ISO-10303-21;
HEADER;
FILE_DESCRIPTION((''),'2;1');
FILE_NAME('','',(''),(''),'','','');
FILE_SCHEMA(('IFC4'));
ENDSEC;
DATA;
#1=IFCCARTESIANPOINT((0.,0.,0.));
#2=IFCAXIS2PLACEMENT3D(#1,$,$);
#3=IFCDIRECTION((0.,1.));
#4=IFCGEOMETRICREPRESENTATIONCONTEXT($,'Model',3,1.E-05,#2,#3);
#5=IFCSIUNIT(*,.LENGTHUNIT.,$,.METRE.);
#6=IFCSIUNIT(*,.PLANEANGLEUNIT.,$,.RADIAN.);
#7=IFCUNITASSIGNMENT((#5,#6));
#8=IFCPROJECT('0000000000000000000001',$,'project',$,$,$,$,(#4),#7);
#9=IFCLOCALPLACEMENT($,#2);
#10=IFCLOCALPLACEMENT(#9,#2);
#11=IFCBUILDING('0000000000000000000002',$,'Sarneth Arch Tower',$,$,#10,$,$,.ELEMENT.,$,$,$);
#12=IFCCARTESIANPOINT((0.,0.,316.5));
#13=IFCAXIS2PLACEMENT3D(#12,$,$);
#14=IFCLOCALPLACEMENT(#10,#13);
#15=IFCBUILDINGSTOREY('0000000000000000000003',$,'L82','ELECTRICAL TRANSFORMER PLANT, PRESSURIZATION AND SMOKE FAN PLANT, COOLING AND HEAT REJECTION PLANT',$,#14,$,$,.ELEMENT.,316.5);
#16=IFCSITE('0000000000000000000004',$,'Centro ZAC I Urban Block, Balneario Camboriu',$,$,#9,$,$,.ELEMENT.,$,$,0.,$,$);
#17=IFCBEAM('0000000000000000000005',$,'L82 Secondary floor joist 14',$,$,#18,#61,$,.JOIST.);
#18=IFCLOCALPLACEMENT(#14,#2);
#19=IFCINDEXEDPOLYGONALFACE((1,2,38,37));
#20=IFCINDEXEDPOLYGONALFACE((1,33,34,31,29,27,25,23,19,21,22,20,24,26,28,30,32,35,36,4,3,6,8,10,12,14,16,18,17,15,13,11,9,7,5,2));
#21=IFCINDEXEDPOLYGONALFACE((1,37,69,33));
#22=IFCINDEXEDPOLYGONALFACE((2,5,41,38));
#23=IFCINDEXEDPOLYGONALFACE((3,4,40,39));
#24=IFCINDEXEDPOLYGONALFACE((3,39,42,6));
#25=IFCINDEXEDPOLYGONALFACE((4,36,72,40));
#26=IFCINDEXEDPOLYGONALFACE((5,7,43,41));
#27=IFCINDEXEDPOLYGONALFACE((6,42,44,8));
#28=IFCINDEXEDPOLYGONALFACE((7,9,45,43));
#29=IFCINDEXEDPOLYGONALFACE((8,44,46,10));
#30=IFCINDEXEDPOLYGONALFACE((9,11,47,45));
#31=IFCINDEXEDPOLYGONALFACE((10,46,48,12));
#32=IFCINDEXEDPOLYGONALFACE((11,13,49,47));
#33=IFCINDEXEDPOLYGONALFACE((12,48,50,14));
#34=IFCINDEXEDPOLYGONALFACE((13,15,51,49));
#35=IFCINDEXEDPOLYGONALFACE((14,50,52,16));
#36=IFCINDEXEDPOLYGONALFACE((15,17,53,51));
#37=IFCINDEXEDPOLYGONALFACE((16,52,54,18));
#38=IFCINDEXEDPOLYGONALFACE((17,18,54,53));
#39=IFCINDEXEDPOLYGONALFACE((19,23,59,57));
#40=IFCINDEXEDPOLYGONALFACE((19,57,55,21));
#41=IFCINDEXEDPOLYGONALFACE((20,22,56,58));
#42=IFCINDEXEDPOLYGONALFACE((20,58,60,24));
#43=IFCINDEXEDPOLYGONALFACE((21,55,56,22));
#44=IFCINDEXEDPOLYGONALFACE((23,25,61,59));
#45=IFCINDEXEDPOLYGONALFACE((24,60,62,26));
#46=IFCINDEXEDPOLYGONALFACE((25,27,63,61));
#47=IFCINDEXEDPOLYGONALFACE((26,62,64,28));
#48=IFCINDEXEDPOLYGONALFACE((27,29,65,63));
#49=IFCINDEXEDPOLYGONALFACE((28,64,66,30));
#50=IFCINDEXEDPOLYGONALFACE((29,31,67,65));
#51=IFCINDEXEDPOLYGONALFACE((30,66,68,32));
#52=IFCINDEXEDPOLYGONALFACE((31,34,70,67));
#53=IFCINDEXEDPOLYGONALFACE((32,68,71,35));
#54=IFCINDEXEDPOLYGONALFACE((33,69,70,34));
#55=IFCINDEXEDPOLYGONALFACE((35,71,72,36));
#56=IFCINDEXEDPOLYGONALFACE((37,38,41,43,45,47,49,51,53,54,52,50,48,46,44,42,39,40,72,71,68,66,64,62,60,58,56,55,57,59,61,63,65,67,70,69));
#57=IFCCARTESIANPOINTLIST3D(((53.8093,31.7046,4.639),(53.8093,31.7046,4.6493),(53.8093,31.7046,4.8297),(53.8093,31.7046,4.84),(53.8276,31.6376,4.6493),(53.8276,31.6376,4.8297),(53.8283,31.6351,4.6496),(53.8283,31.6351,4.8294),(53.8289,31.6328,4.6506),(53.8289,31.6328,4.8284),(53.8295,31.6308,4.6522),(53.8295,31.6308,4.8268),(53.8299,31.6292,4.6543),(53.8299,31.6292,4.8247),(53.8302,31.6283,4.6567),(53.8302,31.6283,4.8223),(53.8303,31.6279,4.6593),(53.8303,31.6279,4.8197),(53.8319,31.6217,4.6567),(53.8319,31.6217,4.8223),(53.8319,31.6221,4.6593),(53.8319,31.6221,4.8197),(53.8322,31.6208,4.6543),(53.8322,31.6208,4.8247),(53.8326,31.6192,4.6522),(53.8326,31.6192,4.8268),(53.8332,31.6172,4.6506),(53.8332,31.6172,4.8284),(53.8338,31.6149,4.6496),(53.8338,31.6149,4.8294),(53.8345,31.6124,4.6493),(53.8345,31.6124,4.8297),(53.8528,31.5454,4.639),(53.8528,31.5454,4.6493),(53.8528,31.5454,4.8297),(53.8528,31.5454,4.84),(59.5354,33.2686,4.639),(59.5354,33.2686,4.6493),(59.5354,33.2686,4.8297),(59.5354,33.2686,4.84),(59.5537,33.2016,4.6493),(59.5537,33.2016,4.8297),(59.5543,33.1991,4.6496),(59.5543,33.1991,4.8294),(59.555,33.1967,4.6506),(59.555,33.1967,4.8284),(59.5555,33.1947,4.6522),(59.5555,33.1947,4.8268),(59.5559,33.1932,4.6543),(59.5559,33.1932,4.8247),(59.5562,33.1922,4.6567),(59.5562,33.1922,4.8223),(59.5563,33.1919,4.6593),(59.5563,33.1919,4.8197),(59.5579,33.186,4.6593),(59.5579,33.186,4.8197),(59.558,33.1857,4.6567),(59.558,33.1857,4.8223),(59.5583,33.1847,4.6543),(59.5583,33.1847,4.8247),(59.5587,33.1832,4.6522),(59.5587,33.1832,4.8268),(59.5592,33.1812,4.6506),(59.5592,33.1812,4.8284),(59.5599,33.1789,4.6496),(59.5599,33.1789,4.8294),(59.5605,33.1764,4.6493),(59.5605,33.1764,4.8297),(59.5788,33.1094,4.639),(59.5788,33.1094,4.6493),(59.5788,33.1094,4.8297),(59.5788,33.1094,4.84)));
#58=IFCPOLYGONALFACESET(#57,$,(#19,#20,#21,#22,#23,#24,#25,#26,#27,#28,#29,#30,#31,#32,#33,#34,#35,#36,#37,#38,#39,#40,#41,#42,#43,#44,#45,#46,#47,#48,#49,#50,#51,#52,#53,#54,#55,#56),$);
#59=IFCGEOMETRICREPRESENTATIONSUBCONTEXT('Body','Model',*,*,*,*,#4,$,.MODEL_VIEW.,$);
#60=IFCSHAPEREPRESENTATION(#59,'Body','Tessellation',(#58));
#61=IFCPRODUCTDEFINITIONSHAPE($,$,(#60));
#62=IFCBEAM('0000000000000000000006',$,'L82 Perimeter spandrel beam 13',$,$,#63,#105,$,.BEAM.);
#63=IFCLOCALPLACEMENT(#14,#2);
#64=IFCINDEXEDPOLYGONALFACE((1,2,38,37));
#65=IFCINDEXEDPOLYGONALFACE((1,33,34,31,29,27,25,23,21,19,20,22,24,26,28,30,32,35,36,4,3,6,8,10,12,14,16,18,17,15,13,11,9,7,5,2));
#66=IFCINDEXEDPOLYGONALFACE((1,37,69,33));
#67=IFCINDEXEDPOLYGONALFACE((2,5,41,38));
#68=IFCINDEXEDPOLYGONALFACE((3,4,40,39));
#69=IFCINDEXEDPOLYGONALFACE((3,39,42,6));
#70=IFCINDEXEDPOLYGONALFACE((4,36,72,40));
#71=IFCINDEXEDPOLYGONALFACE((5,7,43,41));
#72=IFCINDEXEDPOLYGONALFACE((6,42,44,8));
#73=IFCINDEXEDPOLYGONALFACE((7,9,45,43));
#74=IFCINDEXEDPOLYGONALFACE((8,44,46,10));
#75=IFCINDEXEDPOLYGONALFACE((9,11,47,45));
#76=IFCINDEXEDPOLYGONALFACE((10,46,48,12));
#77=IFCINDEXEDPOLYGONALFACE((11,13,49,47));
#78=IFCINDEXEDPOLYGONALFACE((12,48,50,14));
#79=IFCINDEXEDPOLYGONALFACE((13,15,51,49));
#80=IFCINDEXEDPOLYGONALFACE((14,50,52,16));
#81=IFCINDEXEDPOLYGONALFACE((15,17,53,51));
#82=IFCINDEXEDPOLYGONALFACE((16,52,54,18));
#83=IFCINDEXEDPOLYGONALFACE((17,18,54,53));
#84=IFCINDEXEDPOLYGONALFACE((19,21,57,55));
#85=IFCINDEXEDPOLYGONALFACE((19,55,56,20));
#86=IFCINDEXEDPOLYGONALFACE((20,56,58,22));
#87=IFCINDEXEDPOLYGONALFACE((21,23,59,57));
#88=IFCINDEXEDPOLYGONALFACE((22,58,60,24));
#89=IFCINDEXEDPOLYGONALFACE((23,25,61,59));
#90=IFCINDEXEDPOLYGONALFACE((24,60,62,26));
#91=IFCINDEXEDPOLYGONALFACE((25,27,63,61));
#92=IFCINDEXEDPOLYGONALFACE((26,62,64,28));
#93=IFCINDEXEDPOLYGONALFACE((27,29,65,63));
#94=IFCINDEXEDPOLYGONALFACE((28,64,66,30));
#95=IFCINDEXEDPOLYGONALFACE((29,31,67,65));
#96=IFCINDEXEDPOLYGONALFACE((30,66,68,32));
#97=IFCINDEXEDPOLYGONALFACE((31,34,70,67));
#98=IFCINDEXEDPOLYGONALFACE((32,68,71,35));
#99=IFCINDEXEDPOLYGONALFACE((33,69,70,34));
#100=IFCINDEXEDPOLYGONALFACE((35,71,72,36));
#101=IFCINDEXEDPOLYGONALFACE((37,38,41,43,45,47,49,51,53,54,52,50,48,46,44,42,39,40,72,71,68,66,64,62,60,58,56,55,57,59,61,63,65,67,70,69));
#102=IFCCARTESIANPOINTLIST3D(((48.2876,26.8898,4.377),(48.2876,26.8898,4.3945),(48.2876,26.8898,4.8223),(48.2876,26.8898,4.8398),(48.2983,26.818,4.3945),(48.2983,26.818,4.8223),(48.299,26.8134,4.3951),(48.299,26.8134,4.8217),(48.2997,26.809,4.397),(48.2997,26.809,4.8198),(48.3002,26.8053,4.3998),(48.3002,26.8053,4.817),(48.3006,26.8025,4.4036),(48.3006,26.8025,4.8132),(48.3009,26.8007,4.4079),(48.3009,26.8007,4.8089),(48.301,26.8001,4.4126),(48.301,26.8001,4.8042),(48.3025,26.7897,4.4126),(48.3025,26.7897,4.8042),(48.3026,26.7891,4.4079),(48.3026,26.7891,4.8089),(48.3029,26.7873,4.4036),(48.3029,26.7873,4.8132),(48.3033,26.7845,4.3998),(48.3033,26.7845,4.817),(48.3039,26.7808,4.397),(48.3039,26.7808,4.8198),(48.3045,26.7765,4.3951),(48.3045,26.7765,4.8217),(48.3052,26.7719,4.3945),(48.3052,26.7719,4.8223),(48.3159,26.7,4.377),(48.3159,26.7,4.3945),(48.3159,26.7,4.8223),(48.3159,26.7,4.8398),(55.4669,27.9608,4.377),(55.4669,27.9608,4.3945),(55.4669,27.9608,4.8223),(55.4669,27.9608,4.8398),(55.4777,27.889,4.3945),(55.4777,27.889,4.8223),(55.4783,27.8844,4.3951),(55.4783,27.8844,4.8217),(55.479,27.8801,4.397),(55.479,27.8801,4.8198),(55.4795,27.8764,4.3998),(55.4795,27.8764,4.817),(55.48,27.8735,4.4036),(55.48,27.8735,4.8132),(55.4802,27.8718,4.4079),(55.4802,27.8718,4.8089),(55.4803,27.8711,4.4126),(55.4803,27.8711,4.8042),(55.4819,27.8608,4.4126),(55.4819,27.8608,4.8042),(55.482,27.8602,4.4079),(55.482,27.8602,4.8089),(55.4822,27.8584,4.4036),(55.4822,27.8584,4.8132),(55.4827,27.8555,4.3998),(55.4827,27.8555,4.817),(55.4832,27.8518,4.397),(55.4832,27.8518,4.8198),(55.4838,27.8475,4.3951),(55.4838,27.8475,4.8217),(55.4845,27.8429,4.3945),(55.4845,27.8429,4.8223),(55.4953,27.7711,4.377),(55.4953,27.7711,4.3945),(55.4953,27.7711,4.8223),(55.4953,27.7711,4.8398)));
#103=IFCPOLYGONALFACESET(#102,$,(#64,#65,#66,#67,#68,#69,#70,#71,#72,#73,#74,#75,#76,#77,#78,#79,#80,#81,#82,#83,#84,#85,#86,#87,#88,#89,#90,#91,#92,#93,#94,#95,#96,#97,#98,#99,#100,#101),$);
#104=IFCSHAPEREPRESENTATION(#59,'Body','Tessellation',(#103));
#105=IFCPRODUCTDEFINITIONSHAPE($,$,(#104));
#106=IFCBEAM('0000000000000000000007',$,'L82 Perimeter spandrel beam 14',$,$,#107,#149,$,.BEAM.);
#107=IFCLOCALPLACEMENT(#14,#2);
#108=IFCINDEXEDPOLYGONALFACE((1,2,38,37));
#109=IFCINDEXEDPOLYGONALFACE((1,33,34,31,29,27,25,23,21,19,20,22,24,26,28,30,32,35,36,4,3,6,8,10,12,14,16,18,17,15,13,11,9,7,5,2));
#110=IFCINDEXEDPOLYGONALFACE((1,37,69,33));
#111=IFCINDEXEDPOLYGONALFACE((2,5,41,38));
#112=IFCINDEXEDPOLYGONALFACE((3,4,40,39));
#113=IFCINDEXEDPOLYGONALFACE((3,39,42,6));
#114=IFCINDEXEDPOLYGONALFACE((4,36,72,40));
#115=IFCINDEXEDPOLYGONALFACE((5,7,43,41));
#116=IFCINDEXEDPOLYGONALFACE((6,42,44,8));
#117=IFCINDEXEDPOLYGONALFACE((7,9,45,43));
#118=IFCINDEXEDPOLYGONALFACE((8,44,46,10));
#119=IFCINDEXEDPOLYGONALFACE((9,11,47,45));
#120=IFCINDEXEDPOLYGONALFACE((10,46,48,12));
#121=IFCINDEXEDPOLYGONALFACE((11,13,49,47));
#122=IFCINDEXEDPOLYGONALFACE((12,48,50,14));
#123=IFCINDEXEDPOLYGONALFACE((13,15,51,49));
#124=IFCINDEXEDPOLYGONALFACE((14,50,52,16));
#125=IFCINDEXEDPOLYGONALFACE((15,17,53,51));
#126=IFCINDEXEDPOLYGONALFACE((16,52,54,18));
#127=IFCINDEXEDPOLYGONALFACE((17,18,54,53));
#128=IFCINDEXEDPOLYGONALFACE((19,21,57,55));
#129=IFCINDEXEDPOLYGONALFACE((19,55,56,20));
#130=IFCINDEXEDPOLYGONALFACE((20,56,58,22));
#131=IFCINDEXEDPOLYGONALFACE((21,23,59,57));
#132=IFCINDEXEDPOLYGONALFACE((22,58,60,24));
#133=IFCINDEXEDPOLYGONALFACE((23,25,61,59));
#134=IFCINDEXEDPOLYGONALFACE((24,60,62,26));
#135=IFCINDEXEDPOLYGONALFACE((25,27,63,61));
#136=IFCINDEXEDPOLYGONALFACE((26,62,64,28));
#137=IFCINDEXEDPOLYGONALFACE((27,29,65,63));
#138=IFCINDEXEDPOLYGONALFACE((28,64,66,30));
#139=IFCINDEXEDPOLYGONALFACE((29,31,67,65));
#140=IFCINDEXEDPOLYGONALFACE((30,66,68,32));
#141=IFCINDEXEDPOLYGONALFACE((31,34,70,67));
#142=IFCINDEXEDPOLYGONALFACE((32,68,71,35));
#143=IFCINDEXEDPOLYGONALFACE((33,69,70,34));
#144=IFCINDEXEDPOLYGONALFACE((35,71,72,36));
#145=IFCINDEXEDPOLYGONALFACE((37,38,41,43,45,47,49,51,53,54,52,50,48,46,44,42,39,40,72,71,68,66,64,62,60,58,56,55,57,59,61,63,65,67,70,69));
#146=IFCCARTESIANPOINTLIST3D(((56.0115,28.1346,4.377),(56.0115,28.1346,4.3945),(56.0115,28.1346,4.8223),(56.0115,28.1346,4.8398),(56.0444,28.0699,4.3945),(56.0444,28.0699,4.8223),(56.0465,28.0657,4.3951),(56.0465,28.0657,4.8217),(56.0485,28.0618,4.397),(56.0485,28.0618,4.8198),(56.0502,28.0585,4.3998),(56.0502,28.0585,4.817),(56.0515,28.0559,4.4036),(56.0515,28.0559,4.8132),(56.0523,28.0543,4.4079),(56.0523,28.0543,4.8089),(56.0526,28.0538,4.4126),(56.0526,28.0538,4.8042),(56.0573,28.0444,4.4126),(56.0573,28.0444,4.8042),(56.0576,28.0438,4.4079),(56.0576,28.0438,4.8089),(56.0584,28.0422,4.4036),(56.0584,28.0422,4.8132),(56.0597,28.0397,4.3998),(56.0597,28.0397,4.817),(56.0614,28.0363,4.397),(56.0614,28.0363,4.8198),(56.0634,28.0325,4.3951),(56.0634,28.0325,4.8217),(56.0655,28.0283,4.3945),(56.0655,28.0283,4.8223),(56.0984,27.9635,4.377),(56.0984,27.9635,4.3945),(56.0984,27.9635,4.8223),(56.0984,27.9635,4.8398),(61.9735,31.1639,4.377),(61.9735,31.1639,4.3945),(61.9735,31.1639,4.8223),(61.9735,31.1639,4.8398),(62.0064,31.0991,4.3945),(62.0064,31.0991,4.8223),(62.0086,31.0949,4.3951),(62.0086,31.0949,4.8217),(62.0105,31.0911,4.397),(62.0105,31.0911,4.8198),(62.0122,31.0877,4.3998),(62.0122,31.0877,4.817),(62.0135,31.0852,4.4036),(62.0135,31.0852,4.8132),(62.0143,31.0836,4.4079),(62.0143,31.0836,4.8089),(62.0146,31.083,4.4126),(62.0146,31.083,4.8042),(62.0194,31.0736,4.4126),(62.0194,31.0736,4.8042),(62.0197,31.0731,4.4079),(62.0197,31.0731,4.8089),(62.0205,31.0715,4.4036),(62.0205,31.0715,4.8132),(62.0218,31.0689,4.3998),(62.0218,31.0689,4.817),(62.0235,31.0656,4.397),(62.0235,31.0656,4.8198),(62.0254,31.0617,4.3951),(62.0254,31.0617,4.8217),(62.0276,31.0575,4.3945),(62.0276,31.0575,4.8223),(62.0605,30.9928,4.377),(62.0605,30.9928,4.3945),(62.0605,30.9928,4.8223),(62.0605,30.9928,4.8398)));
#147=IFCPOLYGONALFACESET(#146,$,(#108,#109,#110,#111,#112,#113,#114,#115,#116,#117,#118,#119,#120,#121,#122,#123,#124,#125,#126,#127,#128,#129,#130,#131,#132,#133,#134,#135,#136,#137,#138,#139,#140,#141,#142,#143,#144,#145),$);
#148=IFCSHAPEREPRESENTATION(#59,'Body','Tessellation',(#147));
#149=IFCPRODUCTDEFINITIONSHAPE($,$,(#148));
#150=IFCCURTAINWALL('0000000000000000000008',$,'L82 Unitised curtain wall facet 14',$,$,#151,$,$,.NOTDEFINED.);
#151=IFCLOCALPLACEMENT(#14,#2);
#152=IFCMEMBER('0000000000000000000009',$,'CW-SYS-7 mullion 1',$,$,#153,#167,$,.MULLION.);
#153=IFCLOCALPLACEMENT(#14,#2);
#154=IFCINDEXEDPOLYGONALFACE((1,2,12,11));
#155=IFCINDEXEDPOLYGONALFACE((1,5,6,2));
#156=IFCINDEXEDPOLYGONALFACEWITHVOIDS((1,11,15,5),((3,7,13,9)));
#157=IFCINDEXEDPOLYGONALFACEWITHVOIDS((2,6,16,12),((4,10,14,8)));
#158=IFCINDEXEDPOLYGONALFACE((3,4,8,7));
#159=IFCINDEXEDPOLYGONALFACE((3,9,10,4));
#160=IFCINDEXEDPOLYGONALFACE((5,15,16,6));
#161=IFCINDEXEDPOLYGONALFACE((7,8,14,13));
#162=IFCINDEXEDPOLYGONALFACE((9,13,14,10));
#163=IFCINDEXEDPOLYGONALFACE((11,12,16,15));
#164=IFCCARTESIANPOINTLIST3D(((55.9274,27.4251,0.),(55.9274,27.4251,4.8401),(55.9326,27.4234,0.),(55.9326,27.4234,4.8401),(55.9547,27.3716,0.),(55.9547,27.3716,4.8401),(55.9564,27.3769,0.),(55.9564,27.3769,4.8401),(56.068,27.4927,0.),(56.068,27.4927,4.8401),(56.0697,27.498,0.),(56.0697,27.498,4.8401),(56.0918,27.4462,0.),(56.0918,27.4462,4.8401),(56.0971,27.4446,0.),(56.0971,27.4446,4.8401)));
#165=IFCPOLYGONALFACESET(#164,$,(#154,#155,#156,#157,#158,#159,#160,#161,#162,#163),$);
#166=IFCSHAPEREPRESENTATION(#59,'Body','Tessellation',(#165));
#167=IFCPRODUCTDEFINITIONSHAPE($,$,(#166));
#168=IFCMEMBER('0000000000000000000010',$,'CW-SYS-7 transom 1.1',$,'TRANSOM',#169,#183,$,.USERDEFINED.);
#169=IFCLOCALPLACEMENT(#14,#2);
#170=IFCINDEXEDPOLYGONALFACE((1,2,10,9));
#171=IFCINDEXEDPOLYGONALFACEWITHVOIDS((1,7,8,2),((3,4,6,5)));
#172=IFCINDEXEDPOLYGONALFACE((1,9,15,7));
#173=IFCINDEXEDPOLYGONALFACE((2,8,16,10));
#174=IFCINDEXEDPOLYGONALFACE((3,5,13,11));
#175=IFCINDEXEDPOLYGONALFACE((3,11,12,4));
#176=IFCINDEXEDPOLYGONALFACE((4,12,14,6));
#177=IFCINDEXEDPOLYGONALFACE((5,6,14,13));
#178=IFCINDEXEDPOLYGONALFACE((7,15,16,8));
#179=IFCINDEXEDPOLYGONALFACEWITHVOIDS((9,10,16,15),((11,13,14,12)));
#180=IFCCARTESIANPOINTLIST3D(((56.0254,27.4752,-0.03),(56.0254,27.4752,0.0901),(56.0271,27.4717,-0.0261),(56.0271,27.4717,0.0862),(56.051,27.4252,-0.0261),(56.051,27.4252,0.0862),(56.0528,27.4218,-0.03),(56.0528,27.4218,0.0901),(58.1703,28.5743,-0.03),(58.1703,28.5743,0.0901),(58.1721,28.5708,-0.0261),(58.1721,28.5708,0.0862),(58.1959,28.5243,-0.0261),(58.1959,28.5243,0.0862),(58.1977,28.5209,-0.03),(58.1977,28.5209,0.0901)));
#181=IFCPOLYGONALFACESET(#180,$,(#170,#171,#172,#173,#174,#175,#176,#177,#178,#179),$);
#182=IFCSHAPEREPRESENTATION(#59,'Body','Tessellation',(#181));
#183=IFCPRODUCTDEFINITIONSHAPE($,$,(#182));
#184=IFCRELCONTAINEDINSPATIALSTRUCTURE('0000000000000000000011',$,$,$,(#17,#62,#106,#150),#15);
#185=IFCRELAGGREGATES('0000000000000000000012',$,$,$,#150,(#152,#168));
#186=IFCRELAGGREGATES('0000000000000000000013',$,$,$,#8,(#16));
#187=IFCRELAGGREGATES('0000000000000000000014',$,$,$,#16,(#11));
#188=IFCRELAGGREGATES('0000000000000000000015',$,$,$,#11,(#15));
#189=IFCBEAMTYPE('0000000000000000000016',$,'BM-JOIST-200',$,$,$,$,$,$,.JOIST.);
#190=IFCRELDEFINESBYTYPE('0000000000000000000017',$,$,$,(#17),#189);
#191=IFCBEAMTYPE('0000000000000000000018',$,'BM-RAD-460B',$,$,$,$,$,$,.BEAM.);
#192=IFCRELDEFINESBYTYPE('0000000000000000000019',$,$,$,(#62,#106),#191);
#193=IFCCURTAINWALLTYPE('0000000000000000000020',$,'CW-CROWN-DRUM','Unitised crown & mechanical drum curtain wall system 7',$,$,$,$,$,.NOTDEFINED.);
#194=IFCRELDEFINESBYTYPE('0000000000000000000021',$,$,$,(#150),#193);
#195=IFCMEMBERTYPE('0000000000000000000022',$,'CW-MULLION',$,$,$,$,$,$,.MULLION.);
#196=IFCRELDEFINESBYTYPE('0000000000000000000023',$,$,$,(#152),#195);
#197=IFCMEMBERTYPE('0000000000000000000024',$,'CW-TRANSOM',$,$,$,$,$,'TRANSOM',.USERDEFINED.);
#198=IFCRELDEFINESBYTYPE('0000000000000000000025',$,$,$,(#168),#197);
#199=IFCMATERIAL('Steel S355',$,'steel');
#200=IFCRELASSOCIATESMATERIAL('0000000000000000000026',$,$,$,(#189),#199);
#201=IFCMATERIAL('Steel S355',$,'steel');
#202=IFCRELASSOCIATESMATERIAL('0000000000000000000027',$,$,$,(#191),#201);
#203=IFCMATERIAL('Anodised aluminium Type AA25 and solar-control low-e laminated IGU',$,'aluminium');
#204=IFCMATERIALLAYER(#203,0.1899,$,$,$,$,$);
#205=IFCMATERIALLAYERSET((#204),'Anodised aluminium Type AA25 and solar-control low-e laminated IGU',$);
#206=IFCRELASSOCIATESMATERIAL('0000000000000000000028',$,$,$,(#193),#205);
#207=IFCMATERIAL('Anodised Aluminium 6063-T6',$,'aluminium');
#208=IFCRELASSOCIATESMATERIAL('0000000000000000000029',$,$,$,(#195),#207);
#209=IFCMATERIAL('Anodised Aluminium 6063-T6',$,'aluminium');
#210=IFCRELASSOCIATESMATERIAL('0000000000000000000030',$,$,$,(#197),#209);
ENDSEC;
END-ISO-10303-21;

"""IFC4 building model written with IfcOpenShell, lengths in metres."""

from ifc_helpers import new_model, si_unit, direction, frame, origin, origin_2d, place, context, subcontext, project, spatial, hollow_rectangle, i_section, extrude, material, layer, layer_set, material_profile, profile_set, type_object, element, aggregate, save


model = new_model("IFC4")

# Units and contexts
model_context = context("Model", 3, precision=1e-05, world=origin(), true_north=direction((0.0, 1.0)))
body_context = subcontext(model_context, "Body", "Model", "MODEL_VIEW")
ifc_project = project(units=[si_unit("LENGTHUNIT", "METRE"), si_unit("PLANEANGLEUNIT", "RADIAN")], contexts=[model_context])

# Site, building, storey
site_placement = place(None, origin())
site = spatial("IfcSite", under=ifc_project, at=site_placement, Name="Centro ZAC I Urban Block, Balneario Camboriu", CompositionType="ELEMENT", RefElevation=0.0)
building_placement = place(site_placement, origin())
building = spatial("IfcBuilding", under=site, at=building_placement, Name="Sarneth Arch Tower", CompositionType="ELEMENT")
storey_placement = place(building_placement, frame((0.0, 0.0, 316.5)))
storey = spatial("IfcBuildingStorey", under=building, at=storey_placement, Name="L82", Description="ELECTRICAL TRANSFORMER PLANT, PRESSURIZATION AND SMOKE FAN PLANT, COOLING AND HEAT REJECTION PLANT", CompositionType="ELEMENT", Elevation=316.5)

# Beams
ifc_material_1 = material(Name="Steel S355", Category="steel")
ifc_material_profile_1 = material_profile(ifc_material_1, i_section(OverallWidth=0.165, OverallDepth=0.2009, WebThickness=0.0061, FlangeThickness=0.0103, FilletRadius=0.01, at=origin_2d()), Name="W200x35.9")
ifc_profile_set_1 = profile_set([ifc_material_profile_1], Name="Steel S355")
beam_type_1 = type_object("IfcBeamType", Name="BM-JOIST-200", PredefinedType="JOIST", material=ifc_profile_set_1)
beam_1_placement = place(storey_placement, frame((53.8311, 31.625, 4.7395), z_axis=(0.964665, 0.263479, 0.0), x_axis=(-0.263479, 0.964665, 0.0)))
element("IfcBeam", 1, at=beam_1_placement, inside=storey, type_object=beam_type_1, Name="L82 Secondary floor joist 14", PredefinedType="JOIST", context=body_context, shape_type="SweptSolid", body=[
    extrude(i_section(OverallWidth=0.165, OverallDepth=0.2009, WebThickness=0.0061, FlangeThickness=0.0103, FilletRadius=0.01, at=origin_2d()), origin(), (0.0, 0.0, 1.0), 5.9358),
])
ifc_material_2 = material(Name="Steel S355", Category="steel")
ifc_material_profile_2 = material_profile(ifc_material_2, i_section(OverallWidth=0.1919, OverallDepth=0.4629, WebThickness=0.0105, FlangeThickness=0.0176, FilletRadius=0.0181, at=origin_2d()), Name="W460x89")
ifc_profile_set_2 = profile_set([ifc_material_profile_2], Name="Steel S355")
beam_type_2 = type_object("IfcBeamType", Name="BM-RAD-460B", PredefinedType="BEAM", material=ifc_profile_set_2)
beam_2_placement = place(storey_placement, frame((48.3018, 26.7949, 4.6084), z_axis=(0.989055, 0.147549, 0.0), x_axis=(-0.147549, 0.989055, 0.0)))
element("IfcBeam", 2, at=beam_2_placement, inside=storey, type_object=beam_type_2, Name="L82 Perimeter spandrel beam 13", PredefinedType="BEAM", context=body_context, shape_type="SweptSolid", body=[
    extrude(i_section(OverallWidth=0.1919, OverallDepth=0.4629, WebThickness=0.0105, FlangeThickness=0.0176, FilletRadius=0.0181, at=origin_2d()), origin(), (0.0, 0.0, 1.0), 7.2588),
])
beam_3_placement = place(storey_placement, frame((56.0549, 28.0491, 4.6084), z_axis=(0.891525, 0.452972, 0.0), x_axis=(-0.452972, 0.891525, 0.0)))
element("IfcBeam", 3, at=beam_3_placement, inside=storey, type_object=beam_type_2, Name="L82 Perimeter spandrel beam 14", PredefinedType="BEAM", context=body_context, shape_type="SweptSolid", body=[
    extrude(i_section(OverallWidth=0.1919, OverallDepth=0.4629, WebThickness=0.0105, FlangeThickness=0.0176, FilletRadius=0.0181, at=origin_2d()), origin(), (0.0, 0.0, 1.0), 6.6875),
])

# Curtain wall, members
ifc_material_3 = material(Name="Anodised aluminium Type AA25 and solar-control low-e laminated IGU", Category="aluminium")
ifc_layer_1 = layer(ifc_material_3, 0.1899)
ifc_layer_set_1 = layer_set([ifc_layer_1], Name="Anodised aluminium Type AA25 and solar-control low-e laminated IGU")
curtain_wall_type = type_object("IfcCurtainWallType", Name="CW-CROWN-DRUM", Description="Unitised crown & mechanical drum curtain wall system 7", PredefinedType="NOTDEFINED", material=ifc_layer_set_1)
curtain_wall_placement = place(storey_placement, origin())
curtain_wall = element("IfcCurtainWall", 4, at=curtain_wall_placement, inside=storey, type_object=curtain_wall_type, Name="L82 Unitised curtain wall facet 14", PredefinedType="NOTDEFINED")
ifc_material_4 = material(Name="Anodised Aluminium 6063-T6", Category="aluminium")
ifc_material_profile_3 = material_profile(ifc_material_4, hollow_rectangle(XDim=0.0601, YDim=0.1599, WallThickness=0.0039, at=origin_2d()), Name="AL-MULL-160x60x4")
ifc_profile_set_3 = profile_set([ifc_material_profile_3], Name="Anodised Aluminium 6063-T6")
member_type_1 = type_object("IfcMemberType", Name="CW-MULLION", PredefinedType="MULLION", material=ifc_profile_set_3)
member_1_placement = place(storey_placement, frame((56.0122, 27.4348, 0.0), z_axis=(0.0, 0.0, 1.0), x_axis=(-0.45604, 0.889959, 0.0)))
member_1 = element("IfcMember", 5, at=member_1_placement, type_object=member_type_1, Name="CW-SYS-7 mullion 1", PredefinedType="MULLION", context=body_context, shape_type="SweptSolid", body=[
    extrude(hollow_rectangle(XDim=0.0601, YDim=0.1599, WallThickness=0.0039, at=origin_2d()), origin(), (0.0, 0.0, 1.0), 4.8401),
])
ifc_material_5 = material(Name="Anodised Aluminium 6063-T6", Category="aluminium")
ifc_material_profile_4 = material_profile(ifc_material_5, hollow_rectangle(XDim=0.0601, YDim=0.1201, WallThickness=0.0039, at=origin_2d()), Name="AL-TRAN-120x60x4")
ifc_profile_set_4 = profile_set([ifc_material_profile_4], Name="Anodised Aluminium 6063-T6")
member_type_2 = type_object("IfcMemberType", Name="CW-TRANSOM", ElementType="TRANSOM", PredefinedType="USERDEFINED", material=ifc_profile_set_4)
member_2_placement = place(storey_placement, frame((56.0391, 27.4485, 0.03), z_axis=(0.889967, 0.456025, 0.0), x_axis=(-0.456025, 0.889967, 0.0)))
member_2 = element("IfcMember", 6, at=member_2_placement, type_object=member_type_2, Name="CW-SYS-7 transom 1.1", ObjectType="TRANSOM", PredefinedType="USERDEFINED", context=body_context, shape_type="SweptSolid", body=[
    extrude(hollow_rectangle(XDim=0.0601, YDim=0.1201, WallThickness=0.0039, at=origin_2d()), origin(), (0.0, 0.0, 1.0), 2.4102),
])
aggregate(curtain_wall, [member_1, member_2])

save(model, "model.ifc")
